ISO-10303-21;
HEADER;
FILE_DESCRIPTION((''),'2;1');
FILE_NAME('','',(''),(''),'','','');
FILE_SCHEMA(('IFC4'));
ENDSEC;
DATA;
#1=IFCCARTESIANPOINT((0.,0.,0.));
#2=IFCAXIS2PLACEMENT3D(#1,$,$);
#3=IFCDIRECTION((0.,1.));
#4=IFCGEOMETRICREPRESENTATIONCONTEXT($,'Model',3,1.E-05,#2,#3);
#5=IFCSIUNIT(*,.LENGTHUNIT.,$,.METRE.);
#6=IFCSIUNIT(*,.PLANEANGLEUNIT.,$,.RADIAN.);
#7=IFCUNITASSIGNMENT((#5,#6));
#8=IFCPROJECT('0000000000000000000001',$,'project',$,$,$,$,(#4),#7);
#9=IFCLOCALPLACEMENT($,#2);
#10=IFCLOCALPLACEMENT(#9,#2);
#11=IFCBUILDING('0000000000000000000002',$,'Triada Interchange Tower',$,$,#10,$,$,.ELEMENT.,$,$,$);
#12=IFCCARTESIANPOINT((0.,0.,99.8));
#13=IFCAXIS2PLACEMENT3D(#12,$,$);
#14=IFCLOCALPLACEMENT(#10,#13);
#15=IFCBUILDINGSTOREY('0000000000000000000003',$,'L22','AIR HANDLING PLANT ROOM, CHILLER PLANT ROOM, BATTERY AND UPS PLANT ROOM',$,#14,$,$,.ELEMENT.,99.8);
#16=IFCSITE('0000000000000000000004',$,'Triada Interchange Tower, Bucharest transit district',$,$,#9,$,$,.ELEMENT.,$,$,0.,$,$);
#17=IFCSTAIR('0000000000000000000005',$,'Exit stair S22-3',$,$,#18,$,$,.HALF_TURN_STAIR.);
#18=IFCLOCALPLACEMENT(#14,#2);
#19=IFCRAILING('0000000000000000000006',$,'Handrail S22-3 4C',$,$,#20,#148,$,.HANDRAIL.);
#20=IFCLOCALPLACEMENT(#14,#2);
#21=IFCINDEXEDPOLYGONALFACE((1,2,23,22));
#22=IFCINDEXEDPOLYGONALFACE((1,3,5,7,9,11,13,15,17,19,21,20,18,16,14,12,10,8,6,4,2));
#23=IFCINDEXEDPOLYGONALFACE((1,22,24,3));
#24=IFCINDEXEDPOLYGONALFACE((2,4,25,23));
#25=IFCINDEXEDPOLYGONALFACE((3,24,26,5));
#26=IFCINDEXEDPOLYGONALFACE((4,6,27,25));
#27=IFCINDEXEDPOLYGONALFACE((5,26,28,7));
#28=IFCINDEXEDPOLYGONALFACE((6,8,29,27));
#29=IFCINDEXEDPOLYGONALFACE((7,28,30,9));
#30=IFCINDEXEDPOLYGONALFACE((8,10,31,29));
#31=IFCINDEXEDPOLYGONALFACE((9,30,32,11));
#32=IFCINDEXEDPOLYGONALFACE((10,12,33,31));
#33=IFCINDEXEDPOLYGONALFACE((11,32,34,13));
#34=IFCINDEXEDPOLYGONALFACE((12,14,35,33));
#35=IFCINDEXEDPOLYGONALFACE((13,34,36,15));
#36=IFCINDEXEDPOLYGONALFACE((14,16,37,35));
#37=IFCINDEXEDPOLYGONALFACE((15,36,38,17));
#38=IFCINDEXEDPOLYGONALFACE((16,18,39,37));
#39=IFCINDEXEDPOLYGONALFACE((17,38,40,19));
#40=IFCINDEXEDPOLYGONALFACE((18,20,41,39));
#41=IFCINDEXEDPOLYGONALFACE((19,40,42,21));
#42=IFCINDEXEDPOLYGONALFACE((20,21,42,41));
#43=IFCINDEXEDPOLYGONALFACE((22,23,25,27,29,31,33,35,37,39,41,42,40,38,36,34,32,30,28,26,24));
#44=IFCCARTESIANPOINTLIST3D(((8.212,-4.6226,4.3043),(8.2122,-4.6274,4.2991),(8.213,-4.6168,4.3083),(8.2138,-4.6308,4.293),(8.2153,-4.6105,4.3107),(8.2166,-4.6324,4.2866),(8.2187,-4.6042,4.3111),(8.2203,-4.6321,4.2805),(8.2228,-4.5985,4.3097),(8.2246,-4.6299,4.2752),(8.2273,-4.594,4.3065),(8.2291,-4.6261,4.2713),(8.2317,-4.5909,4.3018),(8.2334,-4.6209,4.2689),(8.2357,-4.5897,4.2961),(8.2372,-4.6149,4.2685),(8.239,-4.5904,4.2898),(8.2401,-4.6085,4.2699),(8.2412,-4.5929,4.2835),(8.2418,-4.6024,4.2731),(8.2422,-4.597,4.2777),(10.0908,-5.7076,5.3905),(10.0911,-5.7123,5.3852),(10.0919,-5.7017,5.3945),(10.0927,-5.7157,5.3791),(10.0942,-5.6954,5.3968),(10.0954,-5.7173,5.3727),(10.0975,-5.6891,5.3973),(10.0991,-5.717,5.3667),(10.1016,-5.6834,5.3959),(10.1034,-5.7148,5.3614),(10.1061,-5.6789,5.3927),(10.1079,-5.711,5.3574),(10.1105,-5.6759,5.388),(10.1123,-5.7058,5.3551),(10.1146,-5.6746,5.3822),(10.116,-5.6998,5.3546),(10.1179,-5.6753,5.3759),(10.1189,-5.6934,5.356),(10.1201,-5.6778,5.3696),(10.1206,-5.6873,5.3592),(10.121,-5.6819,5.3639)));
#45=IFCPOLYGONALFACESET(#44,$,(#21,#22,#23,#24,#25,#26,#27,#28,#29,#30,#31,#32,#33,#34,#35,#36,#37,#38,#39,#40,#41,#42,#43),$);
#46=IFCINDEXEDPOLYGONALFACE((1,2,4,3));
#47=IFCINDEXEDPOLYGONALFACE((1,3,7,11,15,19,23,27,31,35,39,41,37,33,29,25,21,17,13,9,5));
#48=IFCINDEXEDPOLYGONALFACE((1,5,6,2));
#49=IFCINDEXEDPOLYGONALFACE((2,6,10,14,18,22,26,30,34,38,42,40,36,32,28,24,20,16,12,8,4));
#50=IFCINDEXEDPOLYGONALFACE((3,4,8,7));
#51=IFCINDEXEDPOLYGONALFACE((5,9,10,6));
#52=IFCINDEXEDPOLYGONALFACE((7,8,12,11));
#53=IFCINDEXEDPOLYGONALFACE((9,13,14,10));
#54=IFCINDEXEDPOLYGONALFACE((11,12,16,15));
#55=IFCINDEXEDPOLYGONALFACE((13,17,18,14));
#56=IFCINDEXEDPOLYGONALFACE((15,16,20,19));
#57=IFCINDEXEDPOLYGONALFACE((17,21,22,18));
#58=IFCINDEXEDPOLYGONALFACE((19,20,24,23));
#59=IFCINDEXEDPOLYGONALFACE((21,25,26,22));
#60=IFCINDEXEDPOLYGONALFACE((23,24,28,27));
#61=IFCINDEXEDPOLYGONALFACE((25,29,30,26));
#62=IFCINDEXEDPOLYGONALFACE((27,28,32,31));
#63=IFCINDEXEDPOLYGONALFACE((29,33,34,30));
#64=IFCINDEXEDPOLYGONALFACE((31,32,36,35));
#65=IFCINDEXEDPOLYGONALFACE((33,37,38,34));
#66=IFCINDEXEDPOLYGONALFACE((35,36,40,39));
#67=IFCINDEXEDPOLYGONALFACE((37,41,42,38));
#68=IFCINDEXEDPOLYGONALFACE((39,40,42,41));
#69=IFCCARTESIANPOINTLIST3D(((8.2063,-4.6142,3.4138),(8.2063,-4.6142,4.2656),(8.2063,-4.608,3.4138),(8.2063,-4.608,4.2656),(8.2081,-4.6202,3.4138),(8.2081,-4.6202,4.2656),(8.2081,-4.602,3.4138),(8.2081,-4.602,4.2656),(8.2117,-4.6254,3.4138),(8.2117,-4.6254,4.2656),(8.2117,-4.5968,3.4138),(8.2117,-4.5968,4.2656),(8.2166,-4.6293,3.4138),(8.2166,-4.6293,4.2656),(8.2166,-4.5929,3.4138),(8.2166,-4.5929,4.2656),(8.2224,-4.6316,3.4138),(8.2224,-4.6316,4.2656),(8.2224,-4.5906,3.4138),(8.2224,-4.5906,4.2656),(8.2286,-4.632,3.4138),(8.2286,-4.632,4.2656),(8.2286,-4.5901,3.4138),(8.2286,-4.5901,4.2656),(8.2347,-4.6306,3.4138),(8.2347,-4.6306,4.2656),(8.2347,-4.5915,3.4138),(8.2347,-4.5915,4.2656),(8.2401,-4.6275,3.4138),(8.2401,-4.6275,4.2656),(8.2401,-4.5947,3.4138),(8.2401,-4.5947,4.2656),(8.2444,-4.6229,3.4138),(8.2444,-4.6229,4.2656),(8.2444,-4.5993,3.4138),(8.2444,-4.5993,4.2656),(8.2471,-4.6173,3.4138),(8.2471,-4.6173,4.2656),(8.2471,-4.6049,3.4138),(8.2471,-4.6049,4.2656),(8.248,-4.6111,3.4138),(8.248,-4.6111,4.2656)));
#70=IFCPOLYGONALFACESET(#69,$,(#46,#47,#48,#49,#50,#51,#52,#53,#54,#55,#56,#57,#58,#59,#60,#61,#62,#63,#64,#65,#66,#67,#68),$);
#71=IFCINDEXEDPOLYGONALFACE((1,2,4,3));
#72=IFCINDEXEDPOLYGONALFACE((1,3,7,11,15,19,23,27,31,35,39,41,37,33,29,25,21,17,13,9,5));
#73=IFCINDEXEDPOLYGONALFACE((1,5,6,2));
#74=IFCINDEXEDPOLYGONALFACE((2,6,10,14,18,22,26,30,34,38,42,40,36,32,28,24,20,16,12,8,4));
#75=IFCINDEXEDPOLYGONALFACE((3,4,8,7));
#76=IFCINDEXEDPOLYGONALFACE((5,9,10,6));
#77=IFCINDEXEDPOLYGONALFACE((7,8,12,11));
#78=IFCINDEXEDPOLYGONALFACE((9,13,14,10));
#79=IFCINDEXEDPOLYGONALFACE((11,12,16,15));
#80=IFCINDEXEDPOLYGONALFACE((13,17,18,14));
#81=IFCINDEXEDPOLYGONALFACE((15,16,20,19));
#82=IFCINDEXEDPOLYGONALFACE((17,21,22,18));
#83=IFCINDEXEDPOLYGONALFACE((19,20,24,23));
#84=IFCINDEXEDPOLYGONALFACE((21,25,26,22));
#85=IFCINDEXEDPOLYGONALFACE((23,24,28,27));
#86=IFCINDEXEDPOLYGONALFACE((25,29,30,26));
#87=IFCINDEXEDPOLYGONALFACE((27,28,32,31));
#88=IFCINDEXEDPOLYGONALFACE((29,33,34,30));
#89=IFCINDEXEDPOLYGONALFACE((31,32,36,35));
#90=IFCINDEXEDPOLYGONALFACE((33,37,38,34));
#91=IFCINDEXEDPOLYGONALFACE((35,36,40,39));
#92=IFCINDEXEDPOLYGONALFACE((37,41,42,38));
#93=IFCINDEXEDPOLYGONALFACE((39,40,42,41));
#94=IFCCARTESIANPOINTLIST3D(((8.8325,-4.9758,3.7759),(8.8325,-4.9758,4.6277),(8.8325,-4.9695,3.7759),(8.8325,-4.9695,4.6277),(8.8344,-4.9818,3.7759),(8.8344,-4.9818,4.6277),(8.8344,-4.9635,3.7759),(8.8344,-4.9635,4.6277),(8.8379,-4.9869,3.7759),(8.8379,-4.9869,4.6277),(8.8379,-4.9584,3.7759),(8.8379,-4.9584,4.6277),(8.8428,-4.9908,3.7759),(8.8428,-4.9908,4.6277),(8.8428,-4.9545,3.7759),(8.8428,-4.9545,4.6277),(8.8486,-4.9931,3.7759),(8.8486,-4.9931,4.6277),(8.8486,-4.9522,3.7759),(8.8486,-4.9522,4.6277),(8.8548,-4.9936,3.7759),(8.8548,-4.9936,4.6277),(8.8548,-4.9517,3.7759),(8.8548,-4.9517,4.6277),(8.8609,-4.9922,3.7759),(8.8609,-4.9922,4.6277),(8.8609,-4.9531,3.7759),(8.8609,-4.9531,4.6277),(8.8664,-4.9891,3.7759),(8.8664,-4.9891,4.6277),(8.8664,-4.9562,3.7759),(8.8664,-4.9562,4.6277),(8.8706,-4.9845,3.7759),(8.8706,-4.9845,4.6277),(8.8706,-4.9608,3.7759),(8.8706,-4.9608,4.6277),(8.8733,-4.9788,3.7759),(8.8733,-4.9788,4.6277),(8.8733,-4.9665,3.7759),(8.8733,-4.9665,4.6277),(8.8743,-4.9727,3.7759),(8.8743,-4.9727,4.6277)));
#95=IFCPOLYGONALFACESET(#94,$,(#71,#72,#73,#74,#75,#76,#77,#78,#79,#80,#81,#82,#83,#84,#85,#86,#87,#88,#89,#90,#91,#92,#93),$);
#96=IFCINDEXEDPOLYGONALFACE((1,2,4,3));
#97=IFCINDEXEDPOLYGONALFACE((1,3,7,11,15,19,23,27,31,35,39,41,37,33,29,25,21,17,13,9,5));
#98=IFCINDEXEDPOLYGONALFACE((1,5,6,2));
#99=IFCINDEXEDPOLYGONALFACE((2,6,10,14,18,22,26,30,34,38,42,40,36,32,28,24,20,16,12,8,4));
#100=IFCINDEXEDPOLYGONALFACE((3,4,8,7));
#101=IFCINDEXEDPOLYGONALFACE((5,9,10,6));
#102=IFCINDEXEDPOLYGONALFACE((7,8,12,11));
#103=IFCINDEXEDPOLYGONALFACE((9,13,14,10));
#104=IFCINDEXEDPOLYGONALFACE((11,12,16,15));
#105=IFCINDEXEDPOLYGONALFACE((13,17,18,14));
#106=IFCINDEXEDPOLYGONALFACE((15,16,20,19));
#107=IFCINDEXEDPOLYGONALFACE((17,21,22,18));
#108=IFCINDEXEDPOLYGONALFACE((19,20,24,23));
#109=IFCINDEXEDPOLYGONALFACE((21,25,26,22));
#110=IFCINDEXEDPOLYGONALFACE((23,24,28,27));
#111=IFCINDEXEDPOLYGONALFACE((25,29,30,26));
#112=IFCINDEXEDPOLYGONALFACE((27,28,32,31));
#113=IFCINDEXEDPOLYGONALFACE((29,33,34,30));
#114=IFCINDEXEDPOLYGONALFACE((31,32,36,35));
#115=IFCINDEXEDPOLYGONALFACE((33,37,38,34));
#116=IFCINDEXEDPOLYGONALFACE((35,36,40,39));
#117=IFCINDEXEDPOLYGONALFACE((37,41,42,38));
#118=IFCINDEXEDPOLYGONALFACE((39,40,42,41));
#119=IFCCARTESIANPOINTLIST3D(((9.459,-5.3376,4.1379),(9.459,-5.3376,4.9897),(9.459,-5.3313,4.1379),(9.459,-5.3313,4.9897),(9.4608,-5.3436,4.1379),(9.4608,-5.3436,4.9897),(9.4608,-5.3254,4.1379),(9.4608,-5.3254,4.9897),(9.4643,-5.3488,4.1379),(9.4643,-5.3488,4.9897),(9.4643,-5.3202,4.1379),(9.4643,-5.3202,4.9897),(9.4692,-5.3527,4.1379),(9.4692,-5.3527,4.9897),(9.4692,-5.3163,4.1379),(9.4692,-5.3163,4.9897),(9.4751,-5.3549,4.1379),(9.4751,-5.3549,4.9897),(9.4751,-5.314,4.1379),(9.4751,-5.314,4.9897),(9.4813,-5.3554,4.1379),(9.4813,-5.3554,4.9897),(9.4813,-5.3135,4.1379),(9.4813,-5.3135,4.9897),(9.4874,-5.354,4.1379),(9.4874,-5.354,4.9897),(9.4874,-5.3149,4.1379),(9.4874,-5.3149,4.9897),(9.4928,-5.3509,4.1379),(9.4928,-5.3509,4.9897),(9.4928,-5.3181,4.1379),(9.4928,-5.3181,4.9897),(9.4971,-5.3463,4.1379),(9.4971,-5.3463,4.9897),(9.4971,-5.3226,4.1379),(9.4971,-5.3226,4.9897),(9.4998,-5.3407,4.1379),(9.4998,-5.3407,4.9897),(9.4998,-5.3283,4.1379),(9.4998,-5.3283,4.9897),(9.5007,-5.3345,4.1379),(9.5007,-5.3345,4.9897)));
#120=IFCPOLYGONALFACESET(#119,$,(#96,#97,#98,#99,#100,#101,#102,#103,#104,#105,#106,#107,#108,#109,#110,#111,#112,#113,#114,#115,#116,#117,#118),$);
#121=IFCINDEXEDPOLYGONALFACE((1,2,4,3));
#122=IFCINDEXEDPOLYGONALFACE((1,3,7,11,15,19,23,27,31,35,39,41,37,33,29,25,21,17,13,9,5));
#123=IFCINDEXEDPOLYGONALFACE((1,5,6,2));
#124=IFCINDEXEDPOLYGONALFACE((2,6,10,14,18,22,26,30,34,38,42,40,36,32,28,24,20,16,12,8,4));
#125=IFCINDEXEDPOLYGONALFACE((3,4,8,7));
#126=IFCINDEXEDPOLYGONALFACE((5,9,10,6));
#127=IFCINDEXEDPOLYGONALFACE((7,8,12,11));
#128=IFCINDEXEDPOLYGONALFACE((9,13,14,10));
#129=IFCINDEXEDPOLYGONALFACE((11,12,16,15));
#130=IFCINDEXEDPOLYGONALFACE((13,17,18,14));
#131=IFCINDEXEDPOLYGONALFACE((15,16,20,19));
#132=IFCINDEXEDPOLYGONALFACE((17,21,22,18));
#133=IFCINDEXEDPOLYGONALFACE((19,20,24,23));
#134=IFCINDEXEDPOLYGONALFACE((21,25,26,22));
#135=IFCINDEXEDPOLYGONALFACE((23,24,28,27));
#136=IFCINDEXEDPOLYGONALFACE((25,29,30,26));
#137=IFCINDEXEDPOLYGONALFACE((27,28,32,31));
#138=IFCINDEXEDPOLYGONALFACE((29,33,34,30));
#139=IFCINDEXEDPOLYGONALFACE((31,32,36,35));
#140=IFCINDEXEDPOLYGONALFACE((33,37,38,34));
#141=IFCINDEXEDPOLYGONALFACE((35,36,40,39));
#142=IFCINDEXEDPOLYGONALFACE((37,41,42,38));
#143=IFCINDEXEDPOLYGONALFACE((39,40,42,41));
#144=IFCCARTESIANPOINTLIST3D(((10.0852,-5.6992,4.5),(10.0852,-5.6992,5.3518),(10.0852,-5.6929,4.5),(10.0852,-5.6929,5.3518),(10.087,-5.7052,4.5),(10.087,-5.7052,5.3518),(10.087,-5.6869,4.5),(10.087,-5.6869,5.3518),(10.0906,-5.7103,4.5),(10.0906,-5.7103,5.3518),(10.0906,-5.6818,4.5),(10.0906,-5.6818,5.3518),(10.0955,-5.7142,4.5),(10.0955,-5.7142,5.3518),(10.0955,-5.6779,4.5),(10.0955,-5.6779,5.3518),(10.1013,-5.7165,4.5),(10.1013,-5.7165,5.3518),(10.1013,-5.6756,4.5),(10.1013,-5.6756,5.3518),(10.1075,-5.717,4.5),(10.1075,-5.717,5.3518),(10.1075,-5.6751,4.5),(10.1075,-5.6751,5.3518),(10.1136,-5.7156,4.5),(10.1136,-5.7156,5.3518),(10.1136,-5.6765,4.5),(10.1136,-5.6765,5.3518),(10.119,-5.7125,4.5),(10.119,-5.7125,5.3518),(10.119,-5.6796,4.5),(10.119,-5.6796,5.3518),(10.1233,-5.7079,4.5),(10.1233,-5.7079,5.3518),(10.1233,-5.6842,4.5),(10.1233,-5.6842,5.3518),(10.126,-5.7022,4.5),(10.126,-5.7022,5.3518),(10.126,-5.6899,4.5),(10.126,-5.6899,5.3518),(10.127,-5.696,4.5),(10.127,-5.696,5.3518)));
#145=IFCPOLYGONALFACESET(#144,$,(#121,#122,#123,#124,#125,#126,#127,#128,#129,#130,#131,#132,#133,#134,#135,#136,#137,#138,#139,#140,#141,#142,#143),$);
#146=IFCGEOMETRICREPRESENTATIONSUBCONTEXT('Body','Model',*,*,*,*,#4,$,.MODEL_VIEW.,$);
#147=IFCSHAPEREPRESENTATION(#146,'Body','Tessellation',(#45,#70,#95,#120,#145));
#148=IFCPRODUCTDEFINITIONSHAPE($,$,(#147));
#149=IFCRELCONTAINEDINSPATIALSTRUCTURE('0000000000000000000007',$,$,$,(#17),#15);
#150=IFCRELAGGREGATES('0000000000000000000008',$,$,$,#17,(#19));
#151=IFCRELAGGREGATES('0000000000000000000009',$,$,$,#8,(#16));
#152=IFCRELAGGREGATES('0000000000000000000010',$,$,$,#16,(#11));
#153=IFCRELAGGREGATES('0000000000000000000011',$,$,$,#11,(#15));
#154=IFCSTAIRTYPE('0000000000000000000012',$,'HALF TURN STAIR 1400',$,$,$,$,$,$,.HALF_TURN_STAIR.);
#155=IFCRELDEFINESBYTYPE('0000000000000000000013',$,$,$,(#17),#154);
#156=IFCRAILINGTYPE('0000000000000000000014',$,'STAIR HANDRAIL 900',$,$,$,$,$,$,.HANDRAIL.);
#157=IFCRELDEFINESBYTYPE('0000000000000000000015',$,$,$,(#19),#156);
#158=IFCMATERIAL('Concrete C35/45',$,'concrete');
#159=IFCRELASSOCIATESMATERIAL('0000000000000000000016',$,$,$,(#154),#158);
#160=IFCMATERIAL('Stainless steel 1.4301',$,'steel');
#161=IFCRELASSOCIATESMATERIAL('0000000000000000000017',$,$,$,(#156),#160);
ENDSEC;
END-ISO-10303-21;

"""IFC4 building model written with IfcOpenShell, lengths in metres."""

from ifc_helpers import new_model, si_unit, direction, frame, origin, origin_2d, place, context, subcontext, project, spatial, circle, extrude, material, type_object, element, aggregate, save


model = new_model("IFC4")

# Units and contexts
model_context = context("Model", 3, precision=1e-05, world=origin(), true_north=direction((0.0, 1.0)))
body_context = subcontext(model_context, "Body", "Model", "MODEL_VIEW")
ifc_project = project(units=[si_unit("LENGTHUNIT", "METRE"), si_unit("PLANEANGLEUNIT", "RADIAN")], contexts=[model_context])

# Site, building, storey
site_placement = place(None, origin())
site = spatial("IfcSite", under=ifc_project, at=site_placement, Name="Triada Interchange Tower, Bucharest transit district", CompositionType="ELEMENT", RefElevation=0.0)
building_placement = place(site_placement, origin())
building = spatial("IfcBuilding", under=site, at=building_placement, Name="Triada Interchange Tower", CompositionType="ELEMENT")
storey_placement = place(building_placement, frame((0.0, 0.0, 99.8)))
storey = spatial("IfcBuildingStorey", under=building, at=storey_placement, Name="L22", Description="AIR HANDLING PLANT ROOM, CHILLER PLANT ROOM, BATTERY AND UPS PLANT ROOM", CompositionType="ELEMENT", Elevation=99.8)

# Stair, railing
ifc_material_1 = material(Name="Concrete C35/45", Category="concrete")
stair_type = type_object("IfcStairType", Name="HALF TURN STAIR 1400", PredefinedType="HALF_TURN_STAIR", material=ifc_material_1)
stair_placement = place(storey_placement, origin())
stair = element("IfcStair", 1, at=stair_placement, inside=storey, type_object=stair_type, Name="Exit stair S22-3", PredefinedType="HALF_TURN_STAIR")
ifc_material_2 = material(Name="Stainless steel 1.4301", Category="steel")
railing_type = type_object("IfcRailingType", Name="STAIR HANDRAIL 900", PredefinedType="HANDRAIL", material=ifc_material_2)
railing_1_placement = place(storey_placement, frame((8.2271, -4.6111, 3.4138)))
railing_1 = element("IfcRailing", 2, at=railing_1_placement, type_object=railing_type, Name="Handrail S22-3 4C", PredefinedType="HANDRAIL", context=body_context, shape_type="SweptSolid", body=[
    extrude(circle(Radius=0.0239, at=origin_2d()), frame((0.0, 0.0, 0.876), z_axis=(0.774373, -0.447156, 0.447659), x_axis=(0.50006, 0.865991, 0.0)), (0.0, 0.0, 1.0), 2.4263),
    extrude(circle(Radius=0.021, at=origin_2d()), origin(), (0.0, 0.0, 1.0), 0.8518),
    extrude(circle(Radius=0.021, at=origin_2d()), frame((0.6262, -0.3616, 0.3621)), (0.0, 0.0, 1.0), 0.8518),
    extrude(circle(Radius=0.021, at=origin_2d()), frame((1.2527, -0.7234, 0.7241)), (0.0, 0.0, 1.0), 0.8518),
    extrude(circle(Radius=0.021, at=origin_2d()), frame((1.8789, -1.085, 1.0862)), (0.0, 0.0, 1.0), 0.8518),
])
aggregate(stair, [railing_1])

save(model, "model.ifc")
